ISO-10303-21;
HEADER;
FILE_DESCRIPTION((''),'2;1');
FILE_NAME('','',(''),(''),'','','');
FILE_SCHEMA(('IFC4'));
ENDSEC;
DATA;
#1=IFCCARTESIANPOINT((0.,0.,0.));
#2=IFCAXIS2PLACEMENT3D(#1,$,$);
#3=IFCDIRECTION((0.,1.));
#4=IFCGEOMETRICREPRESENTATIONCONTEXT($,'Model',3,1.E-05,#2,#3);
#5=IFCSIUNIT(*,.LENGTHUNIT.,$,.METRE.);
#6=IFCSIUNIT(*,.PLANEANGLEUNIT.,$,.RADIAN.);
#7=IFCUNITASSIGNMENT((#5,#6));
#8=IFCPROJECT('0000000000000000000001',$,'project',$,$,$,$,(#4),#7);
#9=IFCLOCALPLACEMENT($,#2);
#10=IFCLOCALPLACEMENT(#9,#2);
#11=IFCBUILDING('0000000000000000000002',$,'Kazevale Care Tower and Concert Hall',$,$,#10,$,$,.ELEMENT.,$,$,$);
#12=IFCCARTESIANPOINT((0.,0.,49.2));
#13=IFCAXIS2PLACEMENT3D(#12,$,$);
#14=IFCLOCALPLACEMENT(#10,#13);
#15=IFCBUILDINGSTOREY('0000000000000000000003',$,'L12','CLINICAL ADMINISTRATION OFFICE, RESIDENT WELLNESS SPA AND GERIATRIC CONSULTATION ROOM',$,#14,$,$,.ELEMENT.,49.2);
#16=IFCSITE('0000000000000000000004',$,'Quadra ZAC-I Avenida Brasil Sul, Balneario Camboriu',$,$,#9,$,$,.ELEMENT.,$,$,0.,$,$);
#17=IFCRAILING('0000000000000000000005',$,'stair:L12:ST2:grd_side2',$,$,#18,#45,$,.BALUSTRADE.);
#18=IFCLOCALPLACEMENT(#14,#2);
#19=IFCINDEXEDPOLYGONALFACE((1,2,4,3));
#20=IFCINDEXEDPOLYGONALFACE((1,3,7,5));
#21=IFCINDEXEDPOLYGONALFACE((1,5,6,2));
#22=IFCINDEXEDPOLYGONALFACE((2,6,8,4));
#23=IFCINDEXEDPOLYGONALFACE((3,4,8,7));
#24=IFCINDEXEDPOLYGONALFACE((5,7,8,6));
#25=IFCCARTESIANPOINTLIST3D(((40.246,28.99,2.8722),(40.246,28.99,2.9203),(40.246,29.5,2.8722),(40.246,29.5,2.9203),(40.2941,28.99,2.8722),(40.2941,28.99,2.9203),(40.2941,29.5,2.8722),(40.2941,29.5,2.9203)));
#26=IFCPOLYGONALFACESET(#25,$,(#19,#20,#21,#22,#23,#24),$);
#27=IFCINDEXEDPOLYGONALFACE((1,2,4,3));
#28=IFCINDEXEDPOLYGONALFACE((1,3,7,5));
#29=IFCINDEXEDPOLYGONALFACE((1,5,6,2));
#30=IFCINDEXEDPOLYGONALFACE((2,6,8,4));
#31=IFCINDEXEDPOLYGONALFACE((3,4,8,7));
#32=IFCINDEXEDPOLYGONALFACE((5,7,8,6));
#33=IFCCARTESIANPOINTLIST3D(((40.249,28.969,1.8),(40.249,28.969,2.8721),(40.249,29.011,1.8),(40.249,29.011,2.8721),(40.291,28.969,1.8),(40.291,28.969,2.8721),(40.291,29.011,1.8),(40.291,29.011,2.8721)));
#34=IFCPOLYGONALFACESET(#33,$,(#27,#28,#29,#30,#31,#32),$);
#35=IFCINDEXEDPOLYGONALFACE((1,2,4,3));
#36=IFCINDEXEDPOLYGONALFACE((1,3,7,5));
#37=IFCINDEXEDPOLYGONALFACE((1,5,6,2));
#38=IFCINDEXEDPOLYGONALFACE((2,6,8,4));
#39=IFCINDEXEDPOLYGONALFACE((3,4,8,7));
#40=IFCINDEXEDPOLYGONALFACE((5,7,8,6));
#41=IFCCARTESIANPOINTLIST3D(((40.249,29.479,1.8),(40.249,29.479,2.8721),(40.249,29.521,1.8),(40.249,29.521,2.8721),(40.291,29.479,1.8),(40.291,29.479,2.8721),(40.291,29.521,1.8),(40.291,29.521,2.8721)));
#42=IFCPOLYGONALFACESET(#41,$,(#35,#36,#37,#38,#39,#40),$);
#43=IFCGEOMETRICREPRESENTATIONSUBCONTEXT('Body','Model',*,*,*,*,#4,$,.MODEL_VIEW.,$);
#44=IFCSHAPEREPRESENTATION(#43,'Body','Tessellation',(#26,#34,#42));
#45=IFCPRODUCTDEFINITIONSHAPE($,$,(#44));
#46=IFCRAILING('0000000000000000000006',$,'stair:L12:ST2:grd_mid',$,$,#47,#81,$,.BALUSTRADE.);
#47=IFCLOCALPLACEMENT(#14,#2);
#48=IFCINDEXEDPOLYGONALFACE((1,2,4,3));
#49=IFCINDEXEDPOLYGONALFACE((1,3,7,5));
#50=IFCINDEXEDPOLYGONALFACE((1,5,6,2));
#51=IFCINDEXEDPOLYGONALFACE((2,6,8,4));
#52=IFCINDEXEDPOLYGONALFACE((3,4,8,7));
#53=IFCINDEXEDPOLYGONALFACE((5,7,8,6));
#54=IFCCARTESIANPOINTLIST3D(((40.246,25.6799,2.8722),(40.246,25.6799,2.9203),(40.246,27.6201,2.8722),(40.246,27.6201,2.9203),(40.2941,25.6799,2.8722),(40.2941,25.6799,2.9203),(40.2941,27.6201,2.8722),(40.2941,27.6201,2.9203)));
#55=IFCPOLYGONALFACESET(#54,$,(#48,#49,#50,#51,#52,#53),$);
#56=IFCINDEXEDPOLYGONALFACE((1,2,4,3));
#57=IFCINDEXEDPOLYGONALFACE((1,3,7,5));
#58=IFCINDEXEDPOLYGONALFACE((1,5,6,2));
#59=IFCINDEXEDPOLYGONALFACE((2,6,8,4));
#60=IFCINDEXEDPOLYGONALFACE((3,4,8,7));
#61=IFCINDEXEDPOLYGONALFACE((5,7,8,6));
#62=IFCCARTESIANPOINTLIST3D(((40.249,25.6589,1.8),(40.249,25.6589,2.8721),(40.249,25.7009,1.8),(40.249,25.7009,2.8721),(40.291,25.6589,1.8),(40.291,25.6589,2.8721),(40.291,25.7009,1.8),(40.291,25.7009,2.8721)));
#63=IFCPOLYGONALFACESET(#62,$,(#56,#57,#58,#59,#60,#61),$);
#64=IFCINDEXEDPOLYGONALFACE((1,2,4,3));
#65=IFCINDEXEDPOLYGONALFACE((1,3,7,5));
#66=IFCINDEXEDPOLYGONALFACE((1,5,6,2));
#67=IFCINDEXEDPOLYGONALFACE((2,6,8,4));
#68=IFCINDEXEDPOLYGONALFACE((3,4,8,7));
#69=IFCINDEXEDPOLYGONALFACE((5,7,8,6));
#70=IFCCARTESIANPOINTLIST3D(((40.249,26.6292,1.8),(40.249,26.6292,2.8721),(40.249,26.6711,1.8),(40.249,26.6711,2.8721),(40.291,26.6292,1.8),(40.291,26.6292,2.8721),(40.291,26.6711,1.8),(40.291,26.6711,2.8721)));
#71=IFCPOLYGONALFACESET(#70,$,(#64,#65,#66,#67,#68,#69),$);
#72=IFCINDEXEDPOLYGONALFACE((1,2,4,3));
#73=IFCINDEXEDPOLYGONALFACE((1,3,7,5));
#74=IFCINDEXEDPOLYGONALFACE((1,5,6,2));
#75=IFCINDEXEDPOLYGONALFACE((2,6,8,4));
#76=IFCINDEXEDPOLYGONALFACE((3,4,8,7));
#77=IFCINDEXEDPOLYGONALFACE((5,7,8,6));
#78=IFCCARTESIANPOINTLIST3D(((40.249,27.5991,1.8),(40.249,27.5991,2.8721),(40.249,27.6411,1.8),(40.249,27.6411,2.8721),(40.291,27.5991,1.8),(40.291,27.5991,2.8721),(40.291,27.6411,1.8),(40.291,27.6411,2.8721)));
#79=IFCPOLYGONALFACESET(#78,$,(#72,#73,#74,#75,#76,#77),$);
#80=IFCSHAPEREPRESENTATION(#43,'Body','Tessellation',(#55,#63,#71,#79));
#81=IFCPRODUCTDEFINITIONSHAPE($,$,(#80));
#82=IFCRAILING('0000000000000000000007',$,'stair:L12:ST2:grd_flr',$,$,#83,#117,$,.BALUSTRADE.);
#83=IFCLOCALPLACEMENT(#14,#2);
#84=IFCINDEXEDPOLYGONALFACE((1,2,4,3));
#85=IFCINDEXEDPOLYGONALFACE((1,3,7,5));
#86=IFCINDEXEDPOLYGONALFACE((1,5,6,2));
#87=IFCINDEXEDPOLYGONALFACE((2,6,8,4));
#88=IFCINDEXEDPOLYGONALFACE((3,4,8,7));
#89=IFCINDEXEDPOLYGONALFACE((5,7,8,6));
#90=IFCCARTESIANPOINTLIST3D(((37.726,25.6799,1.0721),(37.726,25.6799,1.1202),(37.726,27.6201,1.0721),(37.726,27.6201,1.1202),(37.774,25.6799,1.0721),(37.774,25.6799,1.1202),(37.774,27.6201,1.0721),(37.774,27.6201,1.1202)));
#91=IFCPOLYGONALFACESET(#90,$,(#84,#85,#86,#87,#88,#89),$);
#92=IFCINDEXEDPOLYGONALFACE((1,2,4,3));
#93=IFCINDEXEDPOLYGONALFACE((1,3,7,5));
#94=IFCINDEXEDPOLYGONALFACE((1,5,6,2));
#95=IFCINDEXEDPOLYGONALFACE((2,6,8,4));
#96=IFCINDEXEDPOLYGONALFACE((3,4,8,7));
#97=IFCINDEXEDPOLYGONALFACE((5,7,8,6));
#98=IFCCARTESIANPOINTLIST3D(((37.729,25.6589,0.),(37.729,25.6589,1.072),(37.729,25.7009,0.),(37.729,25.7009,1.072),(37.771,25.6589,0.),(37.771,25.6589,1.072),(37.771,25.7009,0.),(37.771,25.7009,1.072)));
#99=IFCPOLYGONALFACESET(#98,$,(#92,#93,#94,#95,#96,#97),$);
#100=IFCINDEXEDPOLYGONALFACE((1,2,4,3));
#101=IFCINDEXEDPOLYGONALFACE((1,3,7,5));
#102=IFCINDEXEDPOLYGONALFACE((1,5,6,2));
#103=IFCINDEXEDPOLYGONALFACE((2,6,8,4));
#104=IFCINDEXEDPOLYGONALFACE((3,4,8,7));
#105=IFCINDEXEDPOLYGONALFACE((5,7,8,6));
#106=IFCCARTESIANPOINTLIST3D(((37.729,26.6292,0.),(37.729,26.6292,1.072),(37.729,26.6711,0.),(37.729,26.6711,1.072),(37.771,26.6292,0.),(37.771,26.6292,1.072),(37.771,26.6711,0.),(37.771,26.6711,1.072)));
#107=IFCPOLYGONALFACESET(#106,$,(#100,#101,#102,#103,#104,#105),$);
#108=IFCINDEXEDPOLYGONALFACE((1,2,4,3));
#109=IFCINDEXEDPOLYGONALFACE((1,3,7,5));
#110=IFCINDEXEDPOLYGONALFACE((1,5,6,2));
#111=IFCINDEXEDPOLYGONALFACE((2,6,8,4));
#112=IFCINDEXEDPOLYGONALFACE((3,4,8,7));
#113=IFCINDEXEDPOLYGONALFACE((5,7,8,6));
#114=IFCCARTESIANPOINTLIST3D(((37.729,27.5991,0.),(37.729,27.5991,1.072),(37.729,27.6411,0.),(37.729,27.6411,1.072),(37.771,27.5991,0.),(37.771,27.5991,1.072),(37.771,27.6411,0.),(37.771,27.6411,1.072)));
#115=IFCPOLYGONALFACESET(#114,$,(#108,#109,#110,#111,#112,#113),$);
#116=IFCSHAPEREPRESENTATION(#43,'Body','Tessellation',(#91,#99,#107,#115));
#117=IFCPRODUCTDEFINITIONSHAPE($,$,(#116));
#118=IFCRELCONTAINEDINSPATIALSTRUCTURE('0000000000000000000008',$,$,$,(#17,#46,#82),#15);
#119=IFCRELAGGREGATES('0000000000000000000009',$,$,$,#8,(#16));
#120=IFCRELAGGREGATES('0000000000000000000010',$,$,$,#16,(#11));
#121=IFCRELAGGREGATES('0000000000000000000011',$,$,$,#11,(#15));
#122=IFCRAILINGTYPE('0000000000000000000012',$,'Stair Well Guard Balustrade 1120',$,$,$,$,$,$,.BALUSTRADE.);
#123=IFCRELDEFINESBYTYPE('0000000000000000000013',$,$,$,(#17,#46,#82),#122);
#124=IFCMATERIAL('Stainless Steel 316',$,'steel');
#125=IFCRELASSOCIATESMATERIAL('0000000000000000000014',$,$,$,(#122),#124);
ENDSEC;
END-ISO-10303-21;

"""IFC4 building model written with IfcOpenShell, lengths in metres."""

from ifc_helpers import new_model, si_unit, direction, frame, origin, origin_2d, place, context, subcontext, project, spatial, rectangle, extrude, material, type_object, element, save


model = new_model("IFC4")

# Units and contexts
model_context = context("Model", 3, precision=1e-05, world=origin(), true_north=direction((0.0, 1.0)))
body_context = subcontext(model_context, "Body", "Model", "MODEL_VIEW")
ifc_project = project(units=[si_unit("LENGTHUNIT", "METRE"), si_unit("PLANEANGLEUNIT", "RADIAN")], contexts=[model_context])

# Site, building, storey
site_placement = place(None, origin())
site = spatial("IfcSite", under=ifc_project, at=site_placement, Name="Quadra ZAC-I Avenida Brasil Sul, Balneario Camboriu", CompositionType="ELEMENT", RefElevation=0.0)
building_placement = place(site_placement, origin())
building = spatial("IfcBuilding", under=site, at=building_placement, Name="Kazevale Care Tower and Concert Hall", CompositionType="ELEMENT")
storey_placement = place(building_placement, frame((0.0, 0.0, 49.2)))
storey = spatial("IfcBuildingStorey", under=building, at=storey_placement, Name="L12", Description="CLINICAL ADMINISTRATION OFFICE, RESIDENT WELLNESS SPA AND GERIATRIC CONSULTATION ROOM", CompositionType="ELEMENT", Elevation=49.2)

# Railings
ifc_material_1 = material(Name="Stainless Steel 316", Category="steel")
railing_type_1 = type_object("IfcRailingType", Name="Stair Well Guard Balustrade 1120", PredefinedType="BALUSTRADE", material=ifc_material_1)
railing_1_placement = place(storey_placement, frame((40.27, 28.99, 1.8)))
element("IfcRailing", 1, at=railing_1_placement, inside=storey, type_object=railing_type_1, Name="stair:L12:ST2:grd_side2", PredefinedType="BALUSTRADE", context=body_context, shape_type="SweptSolid", body=[
    extrude(rectangle(XDim=0.0481, YDim=0.0481, at=origin_2d()), frame((0.0, 0.0, 1.0962), z_axis=(0.0, 1.0, 0.0), x_axis=(-1.0, 0.0, 0.0)), (0.0, 0.0, 1.0), 0.51),
    extrude(rectangle(XDim=0.042, YDim=0.042, at=origin_2d()), origin(), (0.0, 0.0, 1.0), 1.072),
    extrude(rectangle(XDim=0.042, YDim=0.042, at=origin_2d()), frame((0.0, 0.51, 0.0)), (0.0, 0.0, 1.0), 1.072),
])
for number, where, name in (
    (2, (40.27, 25.6799, 1.8), "stair:L12:ST2:grd_mid"),
    (3, (37.75, 25.6799, 0.0), "stair:L12:ST2:grd_flr"),
):
    element("IfcRailing", number, at=place(storey_placement, frame(where)), inside=storey, type_object=railing_type_1, Name=name, PredefinedType="BALUSTRADE", context=body_context, shape_type="SweptSolid", body=[
        extrude(rectangle(XDim=0.0481, YDim=0.0481, at=origin_2d()), frame((0.0, 0.0, 1.0962), z_axis=(0.0, 1.0, 0.0), x_axis=(-1.0, 0.0, 0.0)), (0.0, 0.0, 1.0), 1.9402),
        extrude(rectangle(XDim=0.042, YDim=0.042, at=origin_2d()), origin(), (0.0, 0.0, 1.0), 1.072),
        extrude(rectangle(XDim=0.042, YDim=0.042, at=origin_2d()), frame((0.0, 0.9702, 0.0)), (0.0, 0.0, 1.0), 1.072),
        extrude(rectangle(XDim=0.042, YDim=0.042, at=origin_2d()), frame((0.0, 1.9402, 0.0)), (0.0, 0.0, 1.0), 1.072),
    ])

save(model, "model.ifc")
